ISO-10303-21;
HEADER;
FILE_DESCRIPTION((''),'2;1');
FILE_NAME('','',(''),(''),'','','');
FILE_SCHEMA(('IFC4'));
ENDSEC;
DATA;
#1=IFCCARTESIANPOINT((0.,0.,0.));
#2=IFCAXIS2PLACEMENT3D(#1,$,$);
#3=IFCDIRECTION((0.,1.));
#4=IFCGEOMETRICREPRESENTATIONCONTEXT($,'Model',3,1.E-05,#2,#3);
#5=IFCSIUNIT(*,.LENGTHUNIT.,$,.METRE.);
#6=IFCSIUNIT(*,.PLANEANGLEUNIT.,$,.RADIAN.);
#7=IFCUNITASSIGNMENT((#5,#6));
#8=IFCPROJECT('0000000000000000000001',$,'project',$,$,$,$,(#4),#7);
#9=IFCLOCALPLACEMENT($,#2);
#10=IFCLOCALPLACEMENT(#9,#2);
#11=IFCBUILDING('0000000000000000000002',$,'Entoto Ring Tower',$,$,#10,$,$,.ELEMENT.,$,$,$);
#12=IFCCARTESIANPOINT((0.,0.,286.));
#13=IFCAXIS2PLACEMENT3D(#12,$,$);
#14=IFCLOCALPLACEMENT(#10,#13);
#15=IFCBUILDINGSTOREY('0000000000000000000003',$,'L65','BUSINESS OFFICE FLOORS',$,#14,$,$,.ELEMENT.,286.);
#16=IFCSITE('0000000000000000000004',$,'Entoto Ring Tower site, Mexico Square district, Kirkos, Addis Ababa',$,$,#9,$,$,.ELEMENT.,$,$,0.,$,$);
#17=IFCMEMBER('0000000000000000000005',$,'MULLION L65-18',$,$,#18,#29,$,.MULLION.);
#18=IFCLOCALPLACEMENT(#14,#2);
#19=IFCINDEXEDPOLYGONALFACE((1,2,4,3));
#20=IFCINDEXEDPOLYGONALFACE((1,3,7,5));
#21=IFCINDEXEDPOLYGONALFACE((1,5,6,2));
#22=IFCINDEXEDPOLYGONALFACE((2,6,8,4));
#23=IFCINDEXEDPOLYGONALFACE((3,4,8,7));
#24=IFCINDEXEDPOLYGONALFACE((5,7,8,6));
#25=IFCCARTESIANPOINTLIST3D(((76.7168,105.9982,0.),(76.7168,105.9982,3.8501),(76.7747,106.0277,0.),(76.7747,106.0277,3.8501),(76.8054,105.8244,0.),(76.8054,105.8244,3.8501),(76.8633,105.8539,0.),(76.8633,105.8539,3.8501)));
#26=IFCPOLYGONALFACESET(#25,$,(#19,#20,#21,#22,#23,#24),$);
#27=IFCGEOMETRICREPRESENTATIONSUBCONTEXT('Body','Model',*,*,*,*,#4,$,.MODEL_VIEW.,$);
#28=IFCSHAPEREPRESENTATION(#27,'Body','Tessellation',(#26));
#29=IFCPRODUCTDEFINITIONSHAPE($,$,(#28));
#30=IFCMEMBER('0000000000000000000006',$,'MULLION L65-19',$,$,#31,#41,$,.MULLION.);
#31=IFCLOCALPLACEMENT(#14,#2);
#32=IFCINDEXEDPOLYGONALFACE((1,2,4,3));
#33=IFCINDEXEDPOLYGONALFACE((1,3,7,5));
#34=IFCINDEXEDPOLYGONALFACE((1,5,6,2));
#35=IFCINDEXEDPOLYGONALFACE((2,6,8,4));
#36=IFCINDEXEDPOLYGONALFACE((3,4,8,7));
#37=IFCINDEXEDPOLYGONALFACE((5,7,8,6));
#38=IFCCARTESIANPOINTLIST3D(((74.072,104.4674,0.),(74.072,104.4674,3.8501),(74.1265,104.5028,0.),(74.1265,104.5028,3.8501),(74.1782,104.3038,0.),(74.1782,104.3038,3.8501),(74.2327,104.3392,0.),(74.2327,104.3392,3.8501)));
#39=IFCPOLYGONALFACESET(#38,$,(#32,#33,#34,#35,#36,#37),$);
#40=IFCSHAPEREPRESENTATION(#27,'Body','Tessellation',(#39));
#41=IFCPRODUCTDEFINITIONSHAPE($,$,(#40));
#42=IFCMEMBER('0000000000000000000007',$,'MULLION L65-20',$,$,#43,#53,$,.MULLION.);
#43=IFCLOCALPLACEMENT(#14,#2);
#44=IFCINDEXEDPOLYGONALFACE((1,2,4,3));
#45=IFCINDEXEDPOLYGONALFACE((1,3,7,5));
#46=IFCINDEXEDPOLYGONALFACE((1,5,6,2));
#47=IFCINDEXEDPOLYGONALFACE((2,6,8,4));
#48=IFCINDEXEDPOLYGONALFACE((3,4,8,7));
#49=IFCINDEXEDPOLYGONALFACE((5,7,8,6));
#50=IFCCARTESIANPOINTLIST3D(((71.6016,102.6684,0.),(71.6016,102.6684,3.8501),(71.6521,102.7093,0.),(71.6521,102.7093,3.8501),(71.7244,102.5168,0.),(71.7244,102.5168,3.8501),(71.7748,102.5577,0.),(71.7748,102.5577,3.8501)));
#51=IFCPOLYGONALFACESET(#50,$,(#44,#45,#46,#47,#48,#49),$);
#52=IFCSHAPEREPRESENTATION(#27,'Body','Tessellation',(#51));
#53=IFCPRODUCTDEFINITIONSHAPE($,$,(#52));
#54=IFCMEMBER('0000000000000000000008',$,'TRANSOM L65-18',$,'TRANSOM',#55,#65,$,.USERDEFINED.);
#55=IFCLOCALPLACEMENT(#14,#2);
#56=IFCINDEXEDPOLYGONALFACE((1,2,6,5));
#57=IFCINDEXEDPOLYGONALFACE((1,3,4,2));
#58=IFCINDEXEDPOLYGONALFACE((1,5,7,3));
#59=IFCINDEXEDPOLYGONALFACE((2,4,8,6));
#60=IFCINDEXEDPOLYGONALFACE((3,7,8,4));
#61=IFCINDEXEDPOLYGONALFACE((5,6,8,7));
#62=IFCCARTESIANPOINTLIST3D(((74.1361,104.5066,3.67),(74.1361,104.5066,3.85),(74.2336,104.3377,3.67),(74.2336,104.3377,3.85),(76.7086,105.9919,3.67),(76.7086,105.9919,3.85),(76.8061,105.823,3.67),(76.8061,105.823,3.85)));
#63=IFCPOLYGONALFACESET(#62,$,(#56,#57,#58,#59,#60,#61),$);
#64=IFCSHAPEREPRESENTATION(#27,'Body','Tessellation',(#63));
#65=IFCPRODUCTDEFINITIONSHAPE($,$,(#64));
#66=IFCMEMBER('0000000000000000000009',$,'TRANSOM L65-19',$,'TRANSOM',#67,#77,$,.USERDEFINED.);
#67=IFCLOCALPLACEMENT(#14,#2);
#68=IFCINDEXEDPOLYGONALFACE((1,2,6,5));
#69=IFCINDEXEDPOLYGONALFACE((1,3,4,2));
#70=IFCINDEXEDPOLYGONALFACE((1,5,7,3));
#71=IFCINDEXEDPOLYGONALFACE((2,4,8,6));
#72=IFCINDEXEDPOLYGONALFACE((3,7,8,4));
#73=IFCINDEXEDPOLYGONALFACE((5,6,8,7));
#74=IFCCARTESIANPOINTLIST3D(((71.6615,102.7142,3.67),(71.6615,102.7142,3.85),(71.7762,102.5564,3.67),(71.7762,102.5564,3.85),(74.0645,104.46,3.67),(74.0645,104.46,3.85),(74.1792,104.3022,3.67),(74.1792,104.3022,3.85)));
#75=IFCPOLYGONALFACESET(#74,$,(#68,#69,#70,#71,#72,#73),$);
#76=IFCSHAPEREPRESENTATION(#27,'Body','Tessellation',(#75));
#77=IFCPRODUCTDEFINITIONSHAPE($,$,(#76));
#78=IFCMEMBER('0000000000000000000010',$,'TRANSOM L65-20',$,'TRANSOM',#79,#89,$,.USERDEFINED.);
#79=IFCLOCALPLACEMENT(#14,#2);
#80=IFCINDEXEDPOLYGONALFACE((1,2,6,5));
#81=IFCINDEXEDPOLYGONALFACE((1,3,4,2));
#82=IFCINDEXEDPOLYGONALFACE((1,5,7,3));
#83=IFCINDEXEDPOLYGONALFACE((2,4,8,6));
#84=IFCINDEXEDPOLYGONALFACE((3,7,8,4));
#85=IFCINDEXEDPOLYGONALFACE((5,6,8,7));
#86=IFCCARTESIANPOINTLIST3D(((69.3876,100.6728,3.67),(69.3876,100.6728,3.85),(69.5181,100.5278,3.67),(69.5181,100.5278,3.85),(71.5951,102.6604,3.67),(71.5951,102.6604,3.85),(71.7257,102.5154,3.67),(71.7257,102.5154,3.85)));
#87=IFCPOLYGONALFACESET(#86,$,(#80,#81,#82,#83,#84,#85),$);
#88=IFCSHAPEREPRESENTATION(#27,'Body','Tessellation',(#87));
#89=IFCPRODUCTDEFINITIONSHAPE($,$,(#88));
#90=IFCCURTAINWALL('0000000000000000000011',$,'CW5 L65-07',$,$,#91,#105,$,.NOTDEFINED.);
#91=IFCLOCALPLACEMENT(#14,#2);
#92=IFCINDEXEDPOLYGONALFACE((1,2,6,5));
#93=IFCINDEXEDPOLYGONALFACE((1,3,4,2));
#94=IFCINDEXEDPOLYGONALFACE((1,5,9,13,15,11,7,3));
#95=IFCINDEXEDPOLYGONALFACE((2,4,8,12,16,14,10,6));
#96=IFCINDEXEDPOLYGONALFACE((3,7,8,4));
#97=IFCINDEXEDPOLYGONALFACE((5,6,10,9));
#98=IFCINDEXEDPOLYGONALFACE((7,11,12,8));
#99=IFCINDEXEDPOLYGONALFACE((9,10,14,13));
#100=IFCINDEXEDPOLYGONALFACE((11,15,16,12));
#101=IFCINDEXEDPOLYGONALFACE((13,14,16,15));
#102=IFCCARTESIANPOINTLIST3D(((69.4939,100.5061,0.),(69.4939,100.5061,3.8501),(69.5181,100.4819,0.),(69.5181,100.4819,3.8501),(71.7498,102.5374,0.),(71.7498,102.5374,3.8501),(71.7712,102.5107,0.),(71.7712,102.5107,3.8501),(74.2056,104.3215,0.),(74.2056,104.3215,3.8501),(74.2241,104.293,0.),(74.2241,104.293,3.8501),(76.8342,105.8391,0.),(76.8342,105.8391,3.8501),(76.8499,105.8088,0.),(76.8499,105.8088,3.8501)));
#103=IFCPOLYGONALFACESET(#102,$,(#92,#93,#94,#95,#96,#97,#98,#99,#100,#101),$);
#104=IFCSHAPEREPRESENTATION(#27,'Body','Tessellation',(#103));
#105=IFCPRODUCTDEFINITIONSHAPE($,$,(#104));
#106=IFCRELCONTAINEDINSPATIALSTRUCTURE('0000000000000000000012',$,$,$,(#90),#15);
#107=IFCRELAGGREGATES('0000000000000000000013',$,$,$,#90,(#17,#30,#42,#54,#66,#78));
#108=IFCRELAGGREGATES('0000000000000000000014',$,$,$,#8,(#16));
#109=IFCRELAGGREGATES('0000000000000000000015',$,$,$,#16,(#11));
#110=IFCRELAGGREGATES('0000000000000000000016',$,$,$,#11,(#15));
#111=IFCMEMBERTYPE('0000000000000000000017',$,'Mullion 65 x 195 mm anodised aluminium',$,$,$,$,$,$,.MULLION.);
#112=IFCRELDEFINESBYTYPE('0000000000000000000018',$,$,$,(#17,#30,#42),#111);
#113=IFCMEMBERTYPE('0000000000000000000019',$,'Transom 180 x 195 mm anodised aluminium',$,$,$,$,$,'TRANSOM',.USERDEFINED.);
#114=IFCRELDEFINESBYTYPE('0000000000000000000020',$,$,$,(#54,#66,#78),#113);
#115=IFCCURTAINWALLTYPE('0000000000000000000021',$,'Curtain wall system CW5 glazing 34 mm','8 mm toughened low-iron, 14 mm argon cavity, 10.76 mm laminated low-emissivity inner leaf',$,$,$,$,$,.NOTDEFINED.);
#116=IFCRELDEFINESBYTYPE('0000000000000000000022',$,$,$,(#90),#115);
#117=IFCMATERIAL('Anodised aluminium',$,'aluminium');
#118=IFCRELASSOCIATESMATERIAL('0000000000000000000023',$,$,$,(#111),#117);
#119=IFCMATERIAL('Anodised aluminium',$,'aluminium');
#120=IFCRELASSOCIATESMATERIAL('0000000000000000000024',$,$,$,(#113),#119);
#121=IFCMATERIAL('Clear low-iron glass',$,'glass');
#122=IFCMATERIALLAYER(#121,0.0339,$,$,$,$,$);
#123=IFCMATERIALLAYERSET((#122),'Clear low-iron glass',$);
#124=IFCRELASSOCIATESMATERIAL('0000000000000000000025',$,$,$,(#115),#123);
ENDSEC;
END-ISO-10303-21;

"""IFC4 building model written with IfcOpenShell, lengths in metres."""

from ifc_helpers import new_model, si_unit, direction, frame, origin, origin_2d, place, context, subcontext, project, spatial, polyline, rectangle, outline, extrude, material, layer, layer_set, material_profile, profile_set, type_object, element, aggregate, save


model = new_model("IFC4")

# Units and contexts
model_context = context("Model", 3, precision=1e-05, world=origin(), true_north=direction((0.0, 1.0)))
body_context = subcontext(model_context, "Body", "Model", "MODEL_VIEW")
ifc_project = project(units=[si_unit("LENGTHUNIT", "METRE"), si_unit("PLANEANGLEUNIT", "RADIAN")], contexts=[model_context])

# Members
ifc_material_1 = material(Name="Anodised aluminium", Category="aluminium")
ifc_material_profile_1 = material_profile(ifc_material_1, rectangle(XDim=0.0649, YDim=0.1951, at=origin_2d()), Name="Mullion 65 x 195 mm anodised aluminium")
ifc_profile_set_1 = profile_set([ifc_material_profile_1], Name="Anodised aluminium")
member_type_1 = type_object("IfcMemberType", Name="Mullion 65 x 195 mm anodised aluminium", PredefinedType="MULLION", material=ifc_profile_set_1)
site_placement = place(None, origin())
building_placement = place(site_placement, origin())
storey_placement = place(building_placement, frame((0.0, 0.0, 286.0)))
member_1_placement = place(storey_placement, frame((76.79, 105.926, 0.0), z_axis=(0.0, 0.0, 1.0), x_axis=(-0.891007, -0.45399, 0.0)))
member_1 = element("IfcMember", 1, at=member_1_placement, type_object=member_type_1, Name="MULLION L65-18", PredefinedType="MULLION", context=body_context, shape_type="SweptSolid", body=[
    extrude(rectangle(XDim=0.0649, YDim=0.1951, at=origin_2d()), origin(), (0.0, 0.0, 1.0), 3.8501),
])
member_2_placement = place(storey_placement, frame((74.1523, 104.4033, 0.0), z_axis=(0.0, 0.0, 1.0), x_axis=(-0.838671, -0.544639, 0.0)))
member_2 = element("IfcMember", 2, at=member_2_placement, type_object=member_type_1, Name="MULLION L65-19", PredefinedType="MULLION", context=body_context, shape_type="SweptSolid", body=[
    extrude(rectangle(XDim=0.0649, YDim=0.1951, at=origin_2d()), origin(), (0.0, 0.0, 1.0), 3.8501),
])
member_3_placement = place(storey_placement, frame((71.6882, 102.613, 0.0), z_axis=(0.0, 0.0, 1.0), x_axis=(-0.777146, -0.62932, 0.0)))
member_3 = element("IfcMember", 3, at=member_3_placement, type_object=member_type_1, Name="MULLION L65-20", PredefinedType="MULLION", context=body_context, shape_type="SweptSolid", body=[
    extrude(rectangle(XDim=0.0649, YDim=0.1951, at=origin_2d()), origin(), (0.0, 0.0, 1.0), 3.8501),
])
ifc_material_2 = material(Name="Anodised aluminium", Category="aluminium")
ifc_material_profile_2 = material_profile(ifc_material_2, rectangle(XDim=0.1951, YDim=0.1799, at=origin_2d()), Name="Transom 180 x 195 mm anodised aluminium")
ifc_profile_set_2 = profile_set([ifc_material_profile_2], Name="Anodised aluminium")
member_type_2 = type_object("IfcMemberType", Name="Transom 180 x 195 mm anodised aluminium", ElementType="TRANSOM", PredefinedType="USERDEFINED", material=ifc_profile_set_2)
member_4_placement = place(storey_placement, frame((76.7573, 105.9075, 3.76), z_axis=(-0.866009, -0.500028, 0.0), x_axis=(0.500028, -0.866009, 0.0)))
member_4 = element("IfcMember", 4, at=member_4_placement, type_object=member_type_2, Name="TRANSOM L65-18", ObjectType="TRANSOM", PredefinedType="USERDEFINED", context=body_context, shape_type="SweptSolid", body=[
    extrude(rectangle(XDim=0.1951, YDim=0.1799, at=origin_2d()), origin(), (0.0, 0.0, 1.0), 2.9705),
])
member_5_placement = place(storey_placement, frame((74.1218, 104.3811, 3.76), z_axis=(-0.809031, -0.587766, 0.0), x_axis=(0.587766, -0.809031, 0.0)))
member_5 = element("IfcMember", 5, at=member_5_placement, type_object=member_type_2, Name="TRANSOM L65-19", ObjectType="TRANSOM", PredefinedType="USERDEFINED", context=body_context, shape_type="SweptSolid", body=[
    extrude(rectangle(XDim=0.1951, YDim=0.1799, at=origin_2d()), origin(), (0.0, 0.0, 1.0), 2.9702),
])
member_6_placement = place(storey_placement, frame((71.6604, 102.5879, 3.76), z_axis=(-0.743163, -0.66911, 0.0), x_axis=(0.66911, -0.743163, 0.0)))
member_6 = element("IfcMember", 6, at=member_6_placement, type_object=member_type_2, Name="TRANSOM L65-20", ObjectType="TRANSOM", PredefinedType="USERDEFINED", context=body_context, shape_type="SweptSolid", body=[
    extrude(rectangle(XDim=0.1951, YDim=0.1799, at=origin_2d()), origin(), (0.0, 0.0, 1.0), 2.9705),
])

# Site, building, storey
site = spatial("IfcSite", under=ifc_project, at=site_placement, Name="Entoto Ring Tower site, Mexico Square district, Kirkos, Addis Ababa", CompositionType="ELEMENT", RefElevation=0.0)
building = spatial("IfcBuilding", under=site, at=building_placement, Name="Entoto Ring Tower", CompositionType="ELEMENT")
storey = spatial("IfcBuildingStorey", under=building, at=storey_placement, Name="L65", Description="BUSINESS OFFICE FLOORS", CompositionType="ELEMENT", Elevation=286.0)

# Curtain wall
ifc_material_3 = material(Name="Clear low-iron glass", Category="glass")
ifc_layer = layer(ifc_material_3, 0.0339)
ifc_layer_set = layer_set([ifc_layer], Name="Clear low-iron glass")
curtain_wall_type = type_object("IfcCurtainWallType", Name="Curtain wall system CW5 glazing 34 mm", Description="8 mm toughened low-iron, 14 mm argon cavity, 10.76 mm laminated low-emissivity inner leaf", PredefinedType="NOTDEFINED", material=ifc_layer_set)
curtain_wall_1_placement = place(storey_placement, origin())
curtain_wall_1 = element("IfcCurtainWall", 7, at=curtain_wall_1_placement, inside=storey, type_object=curtain_wall_type, Name="CW5 L65-07", PredefinedType="NOTDEFINED", context=body_context, shape_type="SweptSolid", body=[
    extrude(outline(polyline([(76.8342, 105.8391), (74.2056, 104.3215), (71.7498, 102.5374), (69.4939, 100.5061), (69.5181, 100.4819), (71.7712, 102.5107), (74.2241, 104.293), (76.8499, 105.8088), (76.8342, 105.8391)])), origin(), (0.0, 0.0, 1.0), 3.8501),
])
aggregate(curtain_wall_1, [member_1, member_2, member_3, member_4, member_5, member_6])

save(model, "model.ifc")
